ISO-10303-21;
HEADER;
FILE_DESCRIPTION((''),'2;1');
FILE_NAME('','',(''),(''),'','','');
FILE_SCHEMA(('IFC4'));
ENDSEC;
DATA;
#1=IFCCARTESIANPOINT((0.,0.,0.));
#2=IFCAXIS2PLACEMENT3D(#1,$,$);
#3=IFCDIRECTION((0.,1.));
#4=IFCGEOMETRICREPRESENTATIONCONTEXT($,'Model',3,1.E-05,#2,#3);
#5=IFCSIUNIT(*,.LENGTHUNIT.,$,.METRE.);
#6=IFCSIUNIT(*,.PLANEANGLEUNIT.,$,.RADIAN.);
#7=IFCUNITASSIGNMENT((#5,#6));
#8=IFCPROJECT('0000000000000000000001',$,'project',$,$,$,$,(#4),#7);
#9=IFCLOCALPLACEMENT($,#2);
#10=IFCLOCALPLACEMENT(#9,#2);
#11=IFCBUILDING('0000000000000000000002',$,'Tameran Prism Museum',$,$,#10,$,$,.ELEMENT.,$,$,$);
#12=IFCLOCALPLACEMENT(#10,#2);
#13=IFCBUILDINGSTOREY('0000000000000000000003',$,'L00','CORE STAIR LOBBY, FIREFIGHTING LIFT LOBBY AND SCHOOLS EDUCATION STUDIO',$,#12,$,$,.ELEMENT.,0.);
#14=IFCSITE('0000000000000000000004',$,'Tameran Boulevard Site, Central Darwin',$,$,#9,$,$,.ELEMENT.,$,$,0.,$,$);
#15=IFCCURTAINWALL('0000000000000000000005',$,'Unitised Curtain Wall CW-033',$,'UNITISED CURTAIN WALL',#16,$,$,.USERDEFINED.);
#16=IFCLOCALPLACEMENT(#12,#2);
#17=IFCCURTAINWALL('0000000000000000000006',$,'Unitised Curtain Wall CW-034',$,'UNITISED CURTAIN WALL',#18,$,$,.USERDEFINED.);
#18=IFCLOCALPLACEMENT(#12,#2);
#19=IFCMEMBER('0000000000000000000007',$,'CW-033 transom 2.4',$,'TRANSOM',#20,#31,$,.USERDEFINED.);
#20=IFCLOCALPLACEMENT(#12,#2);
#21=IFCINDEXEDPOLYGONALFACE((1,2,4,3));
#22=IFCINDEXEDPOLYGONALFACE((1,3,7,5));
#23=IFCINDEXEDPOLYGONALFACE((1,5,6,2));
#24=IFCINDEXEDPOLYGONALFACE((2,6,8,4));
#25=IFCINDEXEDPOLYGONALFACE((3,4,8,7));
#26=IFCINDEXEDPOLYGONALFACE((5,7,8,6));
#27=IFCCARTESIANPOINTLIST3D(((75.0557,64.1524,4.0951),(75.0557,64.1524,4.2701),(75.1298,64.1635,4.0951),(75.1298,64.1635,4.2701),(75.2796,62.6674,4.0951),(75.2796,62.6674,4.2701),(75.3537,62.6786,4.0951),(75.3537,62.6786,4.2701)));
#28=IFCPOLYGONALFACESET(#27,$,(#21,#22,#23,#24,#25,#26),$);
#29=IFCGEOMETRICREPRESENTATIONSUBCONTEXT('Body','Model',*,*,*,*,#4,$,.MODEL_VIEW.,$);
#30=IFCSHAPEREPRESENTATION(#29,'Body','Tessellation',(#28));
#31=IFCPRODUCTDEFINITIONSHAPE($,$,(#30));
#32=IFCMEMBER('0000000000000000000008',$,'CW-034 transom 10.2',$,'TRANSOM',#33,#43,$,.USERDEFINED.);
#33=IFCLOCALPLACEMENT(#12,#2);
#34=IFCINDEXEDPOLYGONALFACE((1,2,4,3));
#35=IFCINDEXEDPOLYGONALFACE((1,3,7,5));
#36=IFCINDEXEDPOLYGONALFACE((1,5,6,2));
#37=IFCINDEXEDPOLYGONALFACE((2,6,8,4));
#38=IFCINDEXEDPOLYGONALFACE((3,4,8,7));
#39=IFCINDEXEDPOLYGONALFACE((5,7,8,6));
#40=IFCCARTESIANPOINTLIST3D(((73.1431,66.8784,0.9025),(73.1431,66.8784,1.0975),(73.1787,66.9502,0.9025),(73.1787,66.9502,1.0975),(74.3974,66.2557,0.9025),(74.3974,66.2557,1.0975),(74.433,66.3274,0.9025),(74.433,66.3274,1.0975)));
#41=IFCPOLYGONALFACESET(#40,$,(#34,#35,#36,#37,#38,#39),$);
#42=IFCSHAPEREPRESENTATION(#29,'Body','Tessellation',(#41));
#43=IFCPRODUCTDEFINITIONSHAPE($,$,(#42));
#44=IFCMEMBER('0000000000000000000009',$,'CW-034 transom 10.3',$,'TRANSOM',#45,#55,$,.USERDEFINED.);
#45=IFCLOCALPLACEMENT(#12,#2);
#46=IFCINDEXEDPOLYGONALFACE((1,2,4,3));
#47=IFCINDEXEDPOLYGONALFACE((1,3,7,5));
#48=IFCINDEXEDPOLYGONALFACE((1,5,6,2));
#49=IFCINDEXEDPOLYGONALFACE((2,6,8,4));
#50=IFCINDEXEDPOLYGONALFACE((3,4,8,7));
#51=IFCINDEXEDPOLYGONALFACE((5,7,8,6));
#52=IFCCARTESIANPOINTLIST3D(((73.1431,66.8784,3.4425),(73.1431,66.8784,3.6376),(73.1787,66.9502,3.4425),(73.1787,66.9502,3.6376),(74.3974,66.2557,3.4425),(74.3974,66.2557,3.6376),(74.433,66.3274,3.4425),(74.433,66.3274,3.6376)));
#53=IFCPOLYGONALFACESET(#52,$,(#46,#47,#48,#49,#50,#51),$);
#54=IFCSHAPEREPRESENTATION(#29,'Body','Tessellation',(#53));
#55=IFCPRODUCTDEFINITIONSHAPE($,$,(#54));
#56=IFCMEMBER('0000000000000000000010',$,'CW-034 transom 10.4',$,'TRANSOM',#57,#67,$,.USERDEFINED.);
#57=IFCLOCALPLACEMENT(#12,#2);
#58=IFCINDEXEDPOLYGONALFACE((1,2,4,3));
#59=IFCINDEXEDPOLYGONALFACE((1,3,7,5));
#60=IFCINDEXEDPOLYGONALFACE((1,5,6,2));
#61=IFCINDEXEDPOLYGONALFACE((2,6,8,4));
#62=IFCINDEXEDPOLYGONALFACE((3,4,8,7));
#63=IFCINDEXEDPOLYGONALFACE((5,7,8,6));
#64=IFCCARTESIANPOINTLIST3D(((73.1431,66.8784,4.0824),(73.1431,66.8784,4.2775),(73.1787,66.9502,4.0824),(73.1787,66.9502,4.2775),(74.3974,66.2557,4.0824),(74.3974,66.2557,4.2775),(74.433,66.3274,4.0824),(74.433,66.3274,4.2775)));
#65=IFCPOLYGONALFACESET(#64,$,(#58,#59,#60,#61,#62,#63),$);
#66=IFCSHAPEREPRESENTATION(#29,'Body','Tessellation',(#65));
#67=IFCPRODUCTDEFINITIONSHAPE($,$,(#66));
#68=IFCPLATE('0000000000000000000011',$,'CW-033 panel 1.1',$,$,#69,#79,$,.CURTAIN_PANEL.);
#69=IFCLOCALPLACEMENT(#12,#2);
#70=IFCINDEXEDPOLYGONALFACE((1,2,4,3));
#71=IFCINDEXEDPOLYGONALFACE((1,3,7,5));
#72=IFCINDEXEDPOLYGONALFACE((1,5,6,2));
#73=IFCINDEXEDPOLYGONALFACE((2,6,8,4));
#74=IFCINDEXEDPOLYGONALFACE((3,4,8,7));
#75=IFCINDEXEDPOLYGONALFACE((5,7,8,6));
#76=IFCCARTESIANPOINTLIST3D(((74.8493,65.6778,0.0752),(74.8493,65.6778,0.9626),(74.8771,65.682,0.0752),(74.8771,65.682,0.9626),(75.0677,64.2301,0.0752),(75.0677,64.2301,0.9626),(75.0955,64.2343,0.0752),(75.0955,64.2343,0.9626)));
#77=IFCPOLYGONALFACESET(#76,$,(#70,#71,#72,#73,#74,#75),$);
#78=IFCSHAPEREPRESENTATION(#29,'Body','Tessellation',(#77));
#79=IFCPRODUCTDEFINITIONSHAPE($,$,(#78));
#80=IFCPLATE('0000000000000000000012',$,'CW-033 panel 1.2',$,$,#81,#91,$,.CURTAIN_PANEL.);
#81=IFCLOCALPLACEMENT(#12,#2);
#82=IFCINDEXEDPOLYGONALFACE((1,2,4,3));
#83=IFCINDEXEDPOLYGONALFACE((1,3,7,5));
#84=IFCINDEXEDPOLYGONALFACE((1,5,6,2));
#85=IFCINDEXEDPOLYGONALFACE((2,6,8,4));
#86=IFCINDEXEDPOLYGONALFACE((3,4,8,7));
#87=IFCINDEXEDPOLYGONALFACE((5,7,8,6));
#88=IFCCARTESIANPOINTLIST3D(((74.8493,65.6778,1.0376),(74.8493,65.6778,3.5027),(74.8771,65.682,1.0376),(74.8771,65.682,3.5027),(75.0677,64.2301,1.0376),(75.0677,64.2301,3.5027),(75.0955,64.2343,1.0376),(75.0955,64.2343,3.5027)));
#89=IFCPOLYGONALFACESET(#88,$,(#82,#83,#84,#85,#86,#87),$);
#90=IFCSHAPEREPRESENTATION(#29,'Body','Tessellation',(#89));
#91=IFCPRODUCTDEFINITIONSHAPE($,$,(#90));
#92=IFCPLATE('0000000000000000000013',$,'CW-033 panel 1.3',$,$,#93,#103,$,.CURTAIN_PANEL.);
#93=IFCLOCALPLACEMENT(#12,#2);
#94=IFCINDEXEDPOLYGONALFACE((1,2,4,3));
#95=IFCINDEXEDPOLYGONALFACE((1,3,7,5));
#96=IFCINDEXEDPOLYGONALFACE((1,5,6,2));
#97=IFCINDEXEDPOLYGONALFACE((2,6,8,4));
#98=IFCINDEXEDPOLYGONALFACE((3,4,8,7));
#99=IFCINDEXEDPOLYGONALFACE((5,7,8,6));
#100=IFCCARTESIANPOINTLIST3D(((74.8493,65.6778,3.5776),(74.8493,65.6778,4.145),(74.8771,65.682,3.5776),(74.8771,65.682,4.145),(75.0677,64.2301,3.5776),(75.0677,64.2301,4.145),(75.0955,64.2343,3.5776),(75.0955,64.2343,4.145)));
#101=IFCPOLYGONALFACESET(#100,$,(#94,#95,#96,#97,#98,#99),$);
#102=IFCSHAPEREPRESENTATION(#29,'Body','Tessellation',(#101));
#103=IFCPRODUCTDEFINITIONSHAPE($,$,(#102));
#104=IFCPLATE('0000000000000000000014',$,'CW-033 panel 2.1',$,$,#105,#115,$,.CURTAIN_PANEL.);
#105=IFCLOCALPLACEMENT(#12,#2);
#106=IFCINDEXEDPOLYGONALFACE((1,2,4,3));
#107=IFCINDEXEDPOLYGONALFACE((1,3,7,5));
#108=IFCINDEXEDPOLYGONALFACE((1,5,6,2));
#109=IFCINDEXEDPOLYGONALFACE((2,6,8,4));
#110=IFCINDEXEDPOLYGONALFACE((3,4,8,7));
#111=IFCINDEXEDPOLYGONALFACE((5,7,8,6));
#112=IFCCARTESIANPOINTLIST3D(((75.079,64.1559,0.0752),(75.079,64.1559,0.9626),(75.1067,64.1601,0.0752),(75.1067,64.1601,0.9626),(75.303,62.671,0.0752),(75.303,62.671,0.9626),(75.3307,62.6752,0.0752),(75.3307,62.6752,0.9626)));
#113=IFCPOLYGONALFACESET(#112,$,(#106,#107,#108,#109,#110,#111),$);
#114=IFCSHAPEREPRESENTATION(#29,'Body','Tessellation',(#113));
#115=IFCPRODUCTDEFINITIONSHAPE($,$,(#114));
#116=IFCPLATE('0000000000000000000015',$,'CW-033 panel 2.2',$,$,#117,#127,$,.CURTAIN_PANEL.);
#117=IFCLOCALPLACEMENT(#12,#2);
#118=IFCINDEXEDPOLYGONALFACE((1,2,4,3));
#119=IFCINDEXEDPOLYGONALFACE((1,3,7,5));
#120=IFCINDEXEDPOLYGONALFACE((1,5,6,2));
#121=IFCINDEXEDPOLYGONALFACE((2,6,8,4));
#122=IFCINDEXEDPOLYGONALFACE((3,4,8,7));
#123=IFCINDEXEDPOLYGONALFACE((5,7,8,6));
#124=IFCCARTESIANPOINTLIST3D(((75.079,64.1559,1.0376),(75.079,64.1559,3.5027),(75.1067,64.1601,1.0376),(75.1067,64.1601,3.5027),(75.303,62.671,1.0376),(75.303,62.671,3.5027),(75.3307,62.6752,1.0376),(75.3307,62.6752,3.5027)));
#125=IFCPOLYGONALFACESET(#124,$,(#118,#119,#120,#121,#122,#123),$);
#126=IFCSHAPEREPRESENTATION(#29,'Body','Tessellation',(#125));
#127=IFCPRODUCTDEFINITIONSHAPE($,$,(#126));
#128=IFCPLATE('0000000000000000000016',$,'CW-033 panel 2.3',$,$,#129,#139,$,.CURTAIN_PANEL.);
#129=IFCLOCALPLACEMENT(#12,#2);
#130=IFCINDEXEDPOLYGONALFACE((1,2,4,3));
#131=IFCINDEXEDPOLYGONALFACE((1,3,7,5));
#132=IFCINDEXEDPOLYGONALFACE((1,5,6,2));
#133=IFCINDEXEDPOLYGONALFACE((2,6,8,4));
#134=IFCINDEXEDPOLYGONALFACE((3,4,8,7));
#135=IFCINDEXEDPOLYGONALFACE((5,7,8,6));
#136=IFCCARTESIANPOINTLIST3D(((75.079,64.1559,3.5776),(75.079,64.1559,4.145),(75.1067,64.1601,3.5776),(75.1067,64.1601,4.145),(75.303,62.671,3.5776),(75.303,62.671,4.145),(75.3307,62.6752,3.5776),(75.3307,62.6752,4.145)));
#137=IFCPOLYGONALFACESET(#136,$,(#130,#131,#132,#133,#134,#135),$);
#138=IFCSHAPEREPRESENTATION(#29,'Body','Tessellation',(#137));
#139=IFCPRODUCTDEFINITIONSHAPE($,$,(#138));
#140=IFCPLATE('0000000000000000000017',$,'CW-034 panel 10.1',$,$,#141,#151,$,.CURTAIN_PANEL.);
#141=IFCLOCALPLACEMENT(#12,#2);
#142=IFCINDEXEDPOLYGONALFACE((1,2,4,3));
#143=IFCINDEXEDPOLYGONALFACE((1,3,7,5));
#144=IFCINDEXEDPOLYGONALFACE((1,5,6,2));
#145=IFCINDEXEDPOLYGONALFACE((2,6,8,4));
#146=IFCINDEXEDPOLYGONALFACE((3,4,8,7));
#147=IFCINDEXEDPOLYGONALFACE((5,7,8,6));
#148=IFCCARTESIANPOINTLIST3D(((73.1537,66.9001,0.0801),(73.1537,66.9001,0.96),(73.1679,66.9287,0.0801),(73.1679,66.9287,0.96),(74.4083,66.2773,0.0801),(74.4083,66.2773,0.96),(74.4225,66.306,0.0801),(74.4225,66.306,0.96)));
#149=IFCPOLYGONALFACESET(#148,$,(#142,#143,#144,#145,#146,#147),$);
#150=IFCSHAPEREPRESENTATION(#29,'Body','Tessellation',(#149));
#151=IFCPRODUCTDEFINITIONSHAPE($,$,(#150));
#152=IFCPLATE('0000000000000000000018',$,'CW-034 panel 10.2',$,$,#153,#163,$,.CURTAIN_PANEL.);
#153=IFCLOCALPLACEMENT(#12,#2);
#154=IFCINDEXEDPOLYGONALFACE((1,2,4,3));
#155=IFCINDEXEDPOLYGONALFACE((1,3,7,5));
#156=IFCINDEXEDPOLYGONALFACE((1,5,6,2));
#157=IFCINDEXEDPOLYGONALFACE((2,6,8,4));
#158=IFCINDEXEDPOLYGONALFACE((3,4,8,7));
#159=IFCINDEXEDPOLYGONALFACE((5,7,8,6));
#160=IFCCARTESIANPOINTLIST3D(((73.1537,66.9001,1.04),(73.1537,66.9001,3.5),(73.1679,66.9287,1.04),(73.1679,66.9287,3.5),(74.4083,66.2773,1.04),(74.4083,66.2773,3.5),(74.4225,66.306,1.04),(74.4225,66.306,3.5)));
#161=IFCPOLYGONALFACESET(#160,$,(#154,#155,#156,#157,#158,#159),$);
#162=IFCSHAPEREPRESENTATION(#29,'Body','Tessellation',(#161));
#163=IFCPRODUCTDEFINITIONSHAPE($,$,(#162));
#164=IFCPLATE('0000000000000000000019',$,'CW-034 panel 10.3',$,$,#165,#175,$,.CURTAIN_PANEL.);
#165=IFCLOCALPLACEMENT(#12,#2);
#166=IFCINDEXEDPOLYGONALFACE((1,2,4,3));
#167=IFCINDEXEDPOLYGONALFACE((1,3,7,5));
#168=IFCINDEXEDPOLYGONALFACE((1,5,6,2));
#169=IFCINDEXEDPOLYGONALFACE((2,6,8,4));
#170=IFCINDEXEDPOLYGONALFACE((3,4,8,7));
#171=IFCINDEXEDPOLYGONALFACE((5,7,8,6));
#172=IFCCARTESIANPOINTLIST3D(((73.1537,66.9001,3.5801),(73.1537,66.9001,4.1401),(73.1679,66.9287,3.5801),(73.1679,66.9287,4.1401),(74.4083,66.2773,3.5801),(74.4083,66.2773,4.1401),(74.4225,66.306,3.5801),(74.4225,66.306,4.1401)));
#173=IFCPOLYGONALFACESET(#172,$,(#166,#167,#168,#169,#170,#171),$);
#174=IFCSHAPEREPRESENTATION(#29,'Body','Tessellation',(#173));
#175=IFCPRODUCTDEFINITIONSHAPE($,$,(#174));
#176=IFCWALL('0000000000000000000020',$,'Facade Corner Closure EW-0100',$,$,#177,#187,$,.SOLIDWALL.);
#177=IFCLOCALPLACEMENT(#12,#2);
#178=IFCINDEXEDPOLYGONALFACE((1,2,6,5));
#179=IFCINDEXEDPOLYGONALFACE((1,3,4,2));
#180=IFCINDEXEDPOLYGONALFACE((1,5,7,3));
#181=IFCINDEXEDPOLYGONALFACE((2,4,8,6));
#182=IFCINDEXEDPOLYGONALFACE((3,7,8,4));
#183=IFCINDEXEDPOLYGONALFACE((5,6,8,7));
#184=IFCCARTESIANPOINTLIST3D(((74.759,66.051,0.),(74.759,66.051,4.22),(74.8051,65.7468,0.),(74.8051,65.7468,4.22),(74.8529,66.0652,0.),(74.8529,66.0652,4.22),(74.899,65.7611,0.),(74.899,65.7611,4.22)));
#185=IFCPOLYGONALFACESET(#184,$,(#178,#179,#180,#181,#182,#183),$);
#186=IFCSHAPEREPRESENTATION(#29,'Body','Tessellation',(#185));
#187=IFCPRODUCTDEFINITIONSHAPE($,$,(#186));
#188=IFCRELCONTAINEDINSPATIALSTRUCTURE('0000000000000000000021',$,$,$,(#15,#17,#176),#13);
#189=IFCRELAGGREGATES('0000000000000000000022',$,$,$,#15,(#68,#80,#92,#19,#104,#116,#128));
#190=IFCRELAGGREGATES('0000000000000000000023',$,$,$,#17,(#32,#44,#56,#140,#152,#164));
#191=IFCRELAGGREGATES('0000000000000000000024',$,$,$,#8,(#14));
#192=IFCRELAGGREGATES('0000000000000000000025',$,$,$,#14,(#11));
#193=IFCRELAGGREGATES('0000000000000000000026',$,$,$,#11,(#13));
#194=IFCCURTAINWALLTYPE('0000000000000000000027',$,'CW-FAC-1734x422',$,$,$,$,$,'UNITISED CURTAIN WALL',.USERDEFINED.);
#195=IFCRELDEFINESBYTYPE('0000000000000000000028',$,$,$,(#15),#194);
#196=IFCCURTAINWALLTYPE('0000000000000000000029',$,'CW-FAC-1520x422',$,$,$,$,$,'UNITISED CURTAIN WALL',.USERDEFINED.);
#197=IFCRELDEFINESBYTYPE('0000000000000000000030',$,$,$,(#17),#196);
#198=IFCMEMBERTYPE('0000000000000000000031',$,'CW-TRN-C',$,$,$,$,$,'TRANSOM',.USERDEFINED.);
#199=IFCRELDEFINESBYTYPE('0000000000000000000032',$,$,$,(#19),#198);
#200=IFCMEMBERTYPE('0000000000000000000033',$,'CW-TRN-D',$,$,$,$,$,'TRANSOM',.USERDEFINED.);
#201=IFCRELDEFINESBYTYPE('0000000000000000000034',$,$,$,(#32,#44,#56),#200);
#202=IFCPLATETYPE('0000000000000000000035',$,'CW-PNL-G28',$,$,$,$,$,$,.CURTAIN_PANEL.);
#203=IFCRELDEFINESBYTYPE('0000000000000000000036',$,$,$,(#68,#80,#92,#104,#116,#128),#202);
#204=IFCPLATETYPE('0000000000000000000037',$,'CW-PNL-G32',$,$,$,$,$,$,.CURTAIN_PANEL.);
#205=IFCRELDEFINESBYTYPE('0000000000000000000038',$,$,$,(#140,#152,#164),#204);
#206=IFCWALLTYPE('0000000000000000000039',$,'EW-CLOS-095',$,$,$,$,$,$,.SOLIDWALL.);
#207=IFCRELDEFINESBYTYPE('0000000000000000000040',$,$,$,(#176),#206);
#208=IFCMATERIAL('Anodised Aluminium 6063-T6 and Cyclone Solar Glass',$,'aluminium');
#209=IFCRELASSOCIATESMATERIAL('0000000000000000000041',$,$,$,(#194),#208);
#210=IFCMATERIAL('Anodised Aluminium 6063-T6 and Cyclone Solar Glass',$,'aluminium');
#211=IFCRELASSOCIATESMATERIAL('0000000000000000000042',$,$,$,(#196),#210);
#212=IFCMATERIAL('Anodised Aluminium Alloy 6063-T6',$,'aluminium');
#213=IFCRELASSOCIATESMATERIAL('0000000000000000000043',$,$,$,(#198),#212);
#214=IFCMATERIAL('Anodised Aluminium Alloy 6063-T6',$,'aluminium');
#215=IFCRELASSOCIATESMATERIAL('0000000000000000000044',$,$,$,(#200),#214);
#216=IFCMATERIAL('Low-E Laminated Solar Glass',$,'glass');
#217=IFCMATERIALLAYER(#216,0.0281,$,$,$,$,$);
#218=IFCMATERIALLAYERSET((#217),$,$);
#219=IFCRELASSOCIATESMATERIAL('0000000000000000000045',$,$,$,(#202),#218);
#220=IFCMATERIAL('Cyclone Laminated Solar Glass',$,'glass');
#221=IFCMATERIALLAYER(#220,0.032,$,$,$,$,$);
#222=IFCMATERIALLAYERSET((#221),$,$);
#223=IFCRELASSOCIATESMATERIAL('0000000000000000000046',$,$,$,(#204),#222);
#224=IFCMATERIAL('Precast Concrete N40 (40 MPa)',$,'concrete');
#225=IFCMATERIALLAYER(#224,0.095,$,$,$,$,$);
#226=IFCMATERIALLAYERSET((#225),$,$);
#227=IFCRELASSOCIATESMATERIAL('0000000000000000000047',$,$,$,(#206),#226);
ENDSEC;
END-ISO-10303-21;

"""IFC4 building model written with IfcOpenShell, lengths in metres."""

from ifc_helpers import new_model, si_unit, direction, frame, frame_2d, origin, origin_2d, place, context, subcontext, project, spatial, rectangle, extrude, material, layer, layer_set, material_profile, profile_set, type_object, element, aggregate, save


model = new_model("IFC4")

# Units and contexts
model_context = context("Model", 3, precision=1e-05, world=origin(), true_north=direction((0.0, 1.0)))
body_context = subcontext(model_context, "Body", "Model", "MODEL_VIEW")
ifc_project = project(units=[si_unit("LENGTHUNIT", "METRE"), si_unit("PLANEANGLEUNIT", "RADIAN")], contexts=[model_context])

# Site, building, storey
site_placement = place(None, origin())
site = spatial("IfcSite", under=ifc_project, at=site_placement, Name="Tameran Boulevard Site, Central Darwin", CompositionType="ELEMENT", RefElevation=0.0)
building_placement = place(site_placement, origin())
building = spatial("IfcBuilding", under=site, at=building_placement, Name="Tameran Prism Museum", CompositionType="ELEMENT")
storey_placement = place(building_placement, origin())
storey = spatial("IfcBuildingStorey", under=building, at=storey_placement, Name="L00", Description="CORE STAIR LOBBY, FIREFIGHTING LIFT LOBBY AND SCHOOLS EDUCATION STUDIO", CompositionType="ELEMENT", Elevation=0.0)

# Curtain wall
ifc_material_1 = material(Name="Anodised Aluminium 6063-T6 and Cyclone Solar Glass", Category="aluminium")
curtain_wall_type_1 = type_object("IfcCurtainWallType", Name="CW-FAC-1734x422", ElementType="UNITISED CURTAIN WALL", PredefinedType="USERDEFINED", material=ifc_material_1)
curtain_wall_1_placement = place(storey_placement, origin())
curtain_wall_1 = element("IfcCurtainWall", 1, at=curtain_wall_1_placement, inside=storey, type_object=curtain_wall_type_1, Name="Unitised Curtain Wall CW-033", ObjectType="UNITISED CURTAIN WALL", PredefinedType="USERDEFINED")

# Curtain wall
ifc_material_2 = material(Name="Anodised Aluminium 6063-T6 and Cyclone Solar Glass", Category="aluminium")
curtain_wall_type_2 = type_object("IfcCurtainWallType", Name="CW-FAC-1520x422", ElementType="UNITISED CURTAIN WALL", PredefinedType="USERDEFINED", material=ifc_material_2)
curtain_wall_2_placement = place(storey_placement, origin())
curtain_wall_2 = element("IfcCurtainWall", 2, at=curtain_wall_2_placement, inside=storey, type_object=curtain_wall_type_2, Name="Unitised Curtain Wall CW-034", ObjectType="UNITISED CURTAIN WALL", PredefinedType="USERDEFINED")

# Members
ifc_material_3 = material(Name="Anodised Aluminium Alloy 6063-T6", Category="aluminium")
ifc_material_profile_1 = material_profile(ifc_material_3, rectangle(XDim=0.075, YDim=0.175, at=origin_2d()))
ifc_profile_set_1 = profile_set([ifc_material_profile_1])
member_type_1 = type_object("IfcMemberType", Name="CW-TRN-C", ElementType="TRANSOM", PredefinedType="USERDEFINED", material=ifc_profile_set_1)
member_1_placement = place(storey_placement, frame((75.0928, 64.158, 4.1826), z_axis=(0.149088, -0.988824, 0.0), x_axis=(0.988824, 0.149088, 0.0)))
member_1 = element("IfcMember", 3, at=member_1_placement, type_object=member_type_1, Name="CW-033 transom 2.4", ObjectType="TRANSOM", PredefinedType="USERDEFINED", context=body_context, shape_type="SweptSolid", body=[
    extrude(rectangle(XDim=0.075, YDim=0.175, at=origin_2d()), origin(), (0.0, 0.0, 1.0), 1.5017),
])
ifc_material_4 = material(Name="Anodised Aluminium Alloy 6063-T6", Category="aluminium")
ifc_material_profile_2 = material_profile(ifc_material_4, rectangle(XDim=0.0801, YDim=0.1951, at=origin_2d()))
ifc_profile_set_2 = profile_set([ifc_material_profile_2])
member_type_2 = type_object("IfcMemberType", Name="CW-TRN-D", ElementType="TRANSOM", PredefinedType="USERDEFINED", material=ifc_profile_set_2)
member_2_placement = place(storey_placement, frame((73.1609, 66.9143, 1.0), z_axis=(0.895679, -0.444702, 0.0), x_axis=(0.444702, 0.895679, 0.0)))
member_2 = element("IfcMember", 4, at=member_2_placement, type_object=member_type_2, Name="CW-034 transom 10.2", ObjectType="TRANSOM", PredefinedType="USERDEFINED", context=body_context, shape_type="SweptSolid", body=[
    extrude(rectangle(XDim=0.0801, YDim=0.1951, at=origin_2d()), origin(), (0.0, 0.0, 1.0), 1.4004),
])
member_3_placement = place(storey_placement, frame((73.1609, 66.9143, 3.54), z_axis=(0.895679, -0.444702, 0.0), x_axis=(0.444702, 0.895679, 0.0)))
member_3 = element("IfcMember", 5, at=member_3_placement, type_object=member_type_2, Name="CW-034 transom 10.3", ObjectType="TRANSOM", PredefinedType="USERDEFINED", context=body_context, shape_type="SweptSolid", body=[
    extrude(rectangle(XDim=0.0801, YDim=0.1951, at=origin_2d()), origin(), (0.0, 0.0, 1.0), 1.4004),
])
member_4_placement = place(storey_placement, frame((73.1609, 66.9143, 4.1799), z_axis=(0.895679, -0.444702, 0.0), x_axis=(0.444702, 0.895679, 0.0)))
member_4 = element("IfcMember", 6, at=member_4_placement, type_object=member_type_2, Name="CW-034 transom 10.4", ObjectType="TRANSOM", PredefinedType="USERDEFINED", context=body_context, shape_type="SweptSolid", body=[
    extrude(rectangle(XDim=0.0801, YDim=0.1951, at=origin_2d()), origin(), (0.0, 0.0, 1.0), 1.4004),
])

# Plates
ifc_material_5 = material(Name="Low-E Laminated Solar Glass", Category="glass")
ifc_layer_1 = layer(ifc_material_5, 0.0281)
ifc_layer_set_1 = layer_set([ifc_layer_1])
plate_type_1 = type_object("IfcPlateType", Name="CW-PNL-G28", PredefinedType="CURTAIN_PANEL", material=ifc_layer_set_1)
plate_1_placement = place(storey_placement, frame((74.9724, 64.9561, 0.0752), z_axis=(0.0, 0.0, 1.0), x_axis=(0.149167, -0.988812, 0.0)))
plate_1 = element("IfcPlate", 7, at=plate_1_placement, type_object=plate_type_1, Name="CW-033 panel 1.1", PredefinedType="CURTAIN_PANEL", context=body_context, shape_type="SweptSolid", body=[
    extrude(rectangle(XDim=1.4641, YDim=0.0281, at=origin_2d()), origin(), (0.0, 0.0, 1.0), 0.8875),
])
plate_2_placement = place(storey_placement, frame((74.9724, 64.9561, 1.0376), z_axis=(0.0, 0.0, 1.0), x_axis=(0.149167, -0.988812, 0.0)))
plate_2 = element("IfcPlate", 8, at=plate_2_placement, type_object=plate_type_1, Name="CW-033 panel 1.2", PredefinedType="CURTAIN_PANEL", context=body_context, shape_type="SweptSolid", body=[
    extrude(rectangle(XDim=1.4641, YDim=0.0281, at=origin_2d()), origin(), (0.0, 0.0, 1.0), 2.4651),
])
plate_3_placement = place(storey_placement, frame((74.9724, 64.9561, 3.5776), z_axis=(0.0, 0.0, 1.0), x_axis=(0.149167, -0.988812, 0.0)))
plate_3 = element("IfcPlate", 9, at=plate_3_placement, type_object=plate_type_1, Name="CW-033 panel 1.3", PredefinedType="CURTAIN_PANEL", context=body_context, shape_type="SweptSolid", body=[
    extrude(rectangle(XDim=1.4641, YDim=0.0281, at=origin_2d()), origin(), (0.0, 0.0, 1.0), 0.5674),
])
plate_4_placement = place(storey_placement, frame((75.2048, 63.4155, 0.0752), z_axis=(0.0, 0.0, 1.0), x_axis=(0.149167, -0.988812, 0.0)))
plate_4 = element("IfcPlate", 10, at=plate_4_placement, type_object=plate_type_1, Name="CW-033 panel 2.1", PredefinedType="CURTAIN_PANEL", context=body_context, shape_type="SweptSolid", body=[
    extrude(rectangle(XDim=1.5017, YDim=0.0281, at=origin_2d()), origin(), (0.0, 0.0, 1.0), 0.8875),
])
plate_5_placement = place(storey_placement, frame((75.2048, 63.4155, 1.0376), z_axis=(0.0, 0.0, 1.0), x_axis=(0.149167, -0.988812, 0.0)))
plate_5 = element("IfcPlate", 11, at=plate_5_placement, type_object=plate_type_1, Name="CW-033 panel 2.2", PredefinedType="CURTAIN_PANEL", context=body_context, shape_type="SweptSolid", body=[
    extrude(rectangle(XDim=1.5017, YDim=0.0281, at=origin_2d()), origin(), (0.0, 0.0, 1.0), 2.4651),
])
plate_6_placement = place(storey_placement, frame((75.2048, 63.4155, 3.5776), z_axis=(0.0, 0.0, 1.0), x_axis=(0.149167, -0.988812, 0.0)))
plate_6 = element("IfcPlate", 12, at=plate_6_placement, type_object=plate_type_1, Name="CW-033 panel 2.3", PredefinedType="CURTAIN_PANEL", context=body_context, shape_type="SweptSolid", body=[
    extrude(rectangle(XDim=1.5017, YDim=0.0281, at=origin_2d()), origin(), (0.0, 0.0, 1.0), 0.5674),
])
aggregate(curtain_wall_1, [plate_1, plate_2, plate_3, member_1, plate_4, plate_5, plate_6])
ifc_material_6 = material(Name="Cyclone Laminated Solar Glass", Category="glass")
ifc_layer_2 = layer(ifc_material_6, 0.032)
ifc_layer_set_2 = layer_set([ifc_layer_2])
plate_type_2 = type_object("IfcPlateType", Name="CW-PNL-G32", PredefinedType="CURTAIN_PANEL", material=ifc_layer_set_2)
plate_7_placement = place(storey_placement, frame((73.7881, 66.603, 0.0801), z_axis=(0.0, 0.0, 1.0), x_axis=(0.895712, -0.444634, 0.0)))
plate_7 = element("IfcPlate", 13, at=plate_7_placement, type_object=plate_type_2, Name="CW-034 panel 10.1", PredefinedType="CURTAIN_PANEL", context=body_context, shape_type="SweptSolid", body=[
    extrude(rectangle(XDim=1.4006, YDim=0.032, at=origin_2d()), origin(), (0.0, 0.0, 1.0), 0.8799),
])
plate_8_placement = place(storey_placement, frame((73.7881, 66.603, 1.04), z_axis=(0.0, 0.0, 1.0), x_axis=(0.895712, -0.444634, 0.0)))
plate_8 = element("IfcPlate", 14, at=plate_8_placement, type_object=plate_type_2, Name="CW-034 panel 10.2", PredefinedType="CURTAIN_PANEL", context=body_context, shape_type="SweptSolid", body=[
    extrude(rectangle(XDim=1.4006, YDim=0.032, at=origin_2d()), origin(), (0.0, 0.0, 1.0), 2.46),
])
plate_9_placement = place(storey_placement, frame((73.7881, 66.603, 3.5801), z_axis=(0.0, 0.0, 1.0), x_axis=(0.895712, -0.444634, 0.0)))
plate_9 = element("IfcPlate", 15, at=plate_9_placement, type_object=plate_type_2, Name="CW-034 panel 10.3", PredefinedType="CURTAIN_PANEL", context=body_context, shape_type="SweptSolid", body=[
    extrude(rectangle(XDim=1.4006, YDim=0.032, at=origin_2d()), origin(), (0.0, 0.0, 1.0), 0.5601),
])
aggregate(curtain_wall_2, [member_2, member_3, member_4, plate_7, plate_8, plate_9])

# Wall
ifc_material_7 = material(Name="Precast Concrete N40 (40 MPa)", Category="concrete")
ifc_layer_3 = layer(ifc_material_7, 0.095)
ifc_layer_set_3 = layer_set([ifc_layer_3])
wall_type = type_object("IfcWallType", Name="EW-CLOS-095", PredefinedType="SOLIDWALL", material=ifc_layer_set_3)
wall_1_placement = place(storey_placement, frame((74.8059, 66.0581, 0.0), z_axis=(0.0, 0.0, 1.0), x_axis=(0.14997, -0.988691, 0.0)))
element("IfcWall", 16, at=wall_1_placement, inside=storey, type_object=wall_type, Name="Facade Corner Closure EW-0100", PredefinedType="SOLIDWALL", context=body_context, shape_type="SweptSolid", body=[
    extrude(rectangle(XDim=0.3076, YDim=0.095, at=frame_2d((0.1538, 0.0))), origin(), (0.0, 0.0, 1.0), 4.22),
])

save(model, "model.ifc")
